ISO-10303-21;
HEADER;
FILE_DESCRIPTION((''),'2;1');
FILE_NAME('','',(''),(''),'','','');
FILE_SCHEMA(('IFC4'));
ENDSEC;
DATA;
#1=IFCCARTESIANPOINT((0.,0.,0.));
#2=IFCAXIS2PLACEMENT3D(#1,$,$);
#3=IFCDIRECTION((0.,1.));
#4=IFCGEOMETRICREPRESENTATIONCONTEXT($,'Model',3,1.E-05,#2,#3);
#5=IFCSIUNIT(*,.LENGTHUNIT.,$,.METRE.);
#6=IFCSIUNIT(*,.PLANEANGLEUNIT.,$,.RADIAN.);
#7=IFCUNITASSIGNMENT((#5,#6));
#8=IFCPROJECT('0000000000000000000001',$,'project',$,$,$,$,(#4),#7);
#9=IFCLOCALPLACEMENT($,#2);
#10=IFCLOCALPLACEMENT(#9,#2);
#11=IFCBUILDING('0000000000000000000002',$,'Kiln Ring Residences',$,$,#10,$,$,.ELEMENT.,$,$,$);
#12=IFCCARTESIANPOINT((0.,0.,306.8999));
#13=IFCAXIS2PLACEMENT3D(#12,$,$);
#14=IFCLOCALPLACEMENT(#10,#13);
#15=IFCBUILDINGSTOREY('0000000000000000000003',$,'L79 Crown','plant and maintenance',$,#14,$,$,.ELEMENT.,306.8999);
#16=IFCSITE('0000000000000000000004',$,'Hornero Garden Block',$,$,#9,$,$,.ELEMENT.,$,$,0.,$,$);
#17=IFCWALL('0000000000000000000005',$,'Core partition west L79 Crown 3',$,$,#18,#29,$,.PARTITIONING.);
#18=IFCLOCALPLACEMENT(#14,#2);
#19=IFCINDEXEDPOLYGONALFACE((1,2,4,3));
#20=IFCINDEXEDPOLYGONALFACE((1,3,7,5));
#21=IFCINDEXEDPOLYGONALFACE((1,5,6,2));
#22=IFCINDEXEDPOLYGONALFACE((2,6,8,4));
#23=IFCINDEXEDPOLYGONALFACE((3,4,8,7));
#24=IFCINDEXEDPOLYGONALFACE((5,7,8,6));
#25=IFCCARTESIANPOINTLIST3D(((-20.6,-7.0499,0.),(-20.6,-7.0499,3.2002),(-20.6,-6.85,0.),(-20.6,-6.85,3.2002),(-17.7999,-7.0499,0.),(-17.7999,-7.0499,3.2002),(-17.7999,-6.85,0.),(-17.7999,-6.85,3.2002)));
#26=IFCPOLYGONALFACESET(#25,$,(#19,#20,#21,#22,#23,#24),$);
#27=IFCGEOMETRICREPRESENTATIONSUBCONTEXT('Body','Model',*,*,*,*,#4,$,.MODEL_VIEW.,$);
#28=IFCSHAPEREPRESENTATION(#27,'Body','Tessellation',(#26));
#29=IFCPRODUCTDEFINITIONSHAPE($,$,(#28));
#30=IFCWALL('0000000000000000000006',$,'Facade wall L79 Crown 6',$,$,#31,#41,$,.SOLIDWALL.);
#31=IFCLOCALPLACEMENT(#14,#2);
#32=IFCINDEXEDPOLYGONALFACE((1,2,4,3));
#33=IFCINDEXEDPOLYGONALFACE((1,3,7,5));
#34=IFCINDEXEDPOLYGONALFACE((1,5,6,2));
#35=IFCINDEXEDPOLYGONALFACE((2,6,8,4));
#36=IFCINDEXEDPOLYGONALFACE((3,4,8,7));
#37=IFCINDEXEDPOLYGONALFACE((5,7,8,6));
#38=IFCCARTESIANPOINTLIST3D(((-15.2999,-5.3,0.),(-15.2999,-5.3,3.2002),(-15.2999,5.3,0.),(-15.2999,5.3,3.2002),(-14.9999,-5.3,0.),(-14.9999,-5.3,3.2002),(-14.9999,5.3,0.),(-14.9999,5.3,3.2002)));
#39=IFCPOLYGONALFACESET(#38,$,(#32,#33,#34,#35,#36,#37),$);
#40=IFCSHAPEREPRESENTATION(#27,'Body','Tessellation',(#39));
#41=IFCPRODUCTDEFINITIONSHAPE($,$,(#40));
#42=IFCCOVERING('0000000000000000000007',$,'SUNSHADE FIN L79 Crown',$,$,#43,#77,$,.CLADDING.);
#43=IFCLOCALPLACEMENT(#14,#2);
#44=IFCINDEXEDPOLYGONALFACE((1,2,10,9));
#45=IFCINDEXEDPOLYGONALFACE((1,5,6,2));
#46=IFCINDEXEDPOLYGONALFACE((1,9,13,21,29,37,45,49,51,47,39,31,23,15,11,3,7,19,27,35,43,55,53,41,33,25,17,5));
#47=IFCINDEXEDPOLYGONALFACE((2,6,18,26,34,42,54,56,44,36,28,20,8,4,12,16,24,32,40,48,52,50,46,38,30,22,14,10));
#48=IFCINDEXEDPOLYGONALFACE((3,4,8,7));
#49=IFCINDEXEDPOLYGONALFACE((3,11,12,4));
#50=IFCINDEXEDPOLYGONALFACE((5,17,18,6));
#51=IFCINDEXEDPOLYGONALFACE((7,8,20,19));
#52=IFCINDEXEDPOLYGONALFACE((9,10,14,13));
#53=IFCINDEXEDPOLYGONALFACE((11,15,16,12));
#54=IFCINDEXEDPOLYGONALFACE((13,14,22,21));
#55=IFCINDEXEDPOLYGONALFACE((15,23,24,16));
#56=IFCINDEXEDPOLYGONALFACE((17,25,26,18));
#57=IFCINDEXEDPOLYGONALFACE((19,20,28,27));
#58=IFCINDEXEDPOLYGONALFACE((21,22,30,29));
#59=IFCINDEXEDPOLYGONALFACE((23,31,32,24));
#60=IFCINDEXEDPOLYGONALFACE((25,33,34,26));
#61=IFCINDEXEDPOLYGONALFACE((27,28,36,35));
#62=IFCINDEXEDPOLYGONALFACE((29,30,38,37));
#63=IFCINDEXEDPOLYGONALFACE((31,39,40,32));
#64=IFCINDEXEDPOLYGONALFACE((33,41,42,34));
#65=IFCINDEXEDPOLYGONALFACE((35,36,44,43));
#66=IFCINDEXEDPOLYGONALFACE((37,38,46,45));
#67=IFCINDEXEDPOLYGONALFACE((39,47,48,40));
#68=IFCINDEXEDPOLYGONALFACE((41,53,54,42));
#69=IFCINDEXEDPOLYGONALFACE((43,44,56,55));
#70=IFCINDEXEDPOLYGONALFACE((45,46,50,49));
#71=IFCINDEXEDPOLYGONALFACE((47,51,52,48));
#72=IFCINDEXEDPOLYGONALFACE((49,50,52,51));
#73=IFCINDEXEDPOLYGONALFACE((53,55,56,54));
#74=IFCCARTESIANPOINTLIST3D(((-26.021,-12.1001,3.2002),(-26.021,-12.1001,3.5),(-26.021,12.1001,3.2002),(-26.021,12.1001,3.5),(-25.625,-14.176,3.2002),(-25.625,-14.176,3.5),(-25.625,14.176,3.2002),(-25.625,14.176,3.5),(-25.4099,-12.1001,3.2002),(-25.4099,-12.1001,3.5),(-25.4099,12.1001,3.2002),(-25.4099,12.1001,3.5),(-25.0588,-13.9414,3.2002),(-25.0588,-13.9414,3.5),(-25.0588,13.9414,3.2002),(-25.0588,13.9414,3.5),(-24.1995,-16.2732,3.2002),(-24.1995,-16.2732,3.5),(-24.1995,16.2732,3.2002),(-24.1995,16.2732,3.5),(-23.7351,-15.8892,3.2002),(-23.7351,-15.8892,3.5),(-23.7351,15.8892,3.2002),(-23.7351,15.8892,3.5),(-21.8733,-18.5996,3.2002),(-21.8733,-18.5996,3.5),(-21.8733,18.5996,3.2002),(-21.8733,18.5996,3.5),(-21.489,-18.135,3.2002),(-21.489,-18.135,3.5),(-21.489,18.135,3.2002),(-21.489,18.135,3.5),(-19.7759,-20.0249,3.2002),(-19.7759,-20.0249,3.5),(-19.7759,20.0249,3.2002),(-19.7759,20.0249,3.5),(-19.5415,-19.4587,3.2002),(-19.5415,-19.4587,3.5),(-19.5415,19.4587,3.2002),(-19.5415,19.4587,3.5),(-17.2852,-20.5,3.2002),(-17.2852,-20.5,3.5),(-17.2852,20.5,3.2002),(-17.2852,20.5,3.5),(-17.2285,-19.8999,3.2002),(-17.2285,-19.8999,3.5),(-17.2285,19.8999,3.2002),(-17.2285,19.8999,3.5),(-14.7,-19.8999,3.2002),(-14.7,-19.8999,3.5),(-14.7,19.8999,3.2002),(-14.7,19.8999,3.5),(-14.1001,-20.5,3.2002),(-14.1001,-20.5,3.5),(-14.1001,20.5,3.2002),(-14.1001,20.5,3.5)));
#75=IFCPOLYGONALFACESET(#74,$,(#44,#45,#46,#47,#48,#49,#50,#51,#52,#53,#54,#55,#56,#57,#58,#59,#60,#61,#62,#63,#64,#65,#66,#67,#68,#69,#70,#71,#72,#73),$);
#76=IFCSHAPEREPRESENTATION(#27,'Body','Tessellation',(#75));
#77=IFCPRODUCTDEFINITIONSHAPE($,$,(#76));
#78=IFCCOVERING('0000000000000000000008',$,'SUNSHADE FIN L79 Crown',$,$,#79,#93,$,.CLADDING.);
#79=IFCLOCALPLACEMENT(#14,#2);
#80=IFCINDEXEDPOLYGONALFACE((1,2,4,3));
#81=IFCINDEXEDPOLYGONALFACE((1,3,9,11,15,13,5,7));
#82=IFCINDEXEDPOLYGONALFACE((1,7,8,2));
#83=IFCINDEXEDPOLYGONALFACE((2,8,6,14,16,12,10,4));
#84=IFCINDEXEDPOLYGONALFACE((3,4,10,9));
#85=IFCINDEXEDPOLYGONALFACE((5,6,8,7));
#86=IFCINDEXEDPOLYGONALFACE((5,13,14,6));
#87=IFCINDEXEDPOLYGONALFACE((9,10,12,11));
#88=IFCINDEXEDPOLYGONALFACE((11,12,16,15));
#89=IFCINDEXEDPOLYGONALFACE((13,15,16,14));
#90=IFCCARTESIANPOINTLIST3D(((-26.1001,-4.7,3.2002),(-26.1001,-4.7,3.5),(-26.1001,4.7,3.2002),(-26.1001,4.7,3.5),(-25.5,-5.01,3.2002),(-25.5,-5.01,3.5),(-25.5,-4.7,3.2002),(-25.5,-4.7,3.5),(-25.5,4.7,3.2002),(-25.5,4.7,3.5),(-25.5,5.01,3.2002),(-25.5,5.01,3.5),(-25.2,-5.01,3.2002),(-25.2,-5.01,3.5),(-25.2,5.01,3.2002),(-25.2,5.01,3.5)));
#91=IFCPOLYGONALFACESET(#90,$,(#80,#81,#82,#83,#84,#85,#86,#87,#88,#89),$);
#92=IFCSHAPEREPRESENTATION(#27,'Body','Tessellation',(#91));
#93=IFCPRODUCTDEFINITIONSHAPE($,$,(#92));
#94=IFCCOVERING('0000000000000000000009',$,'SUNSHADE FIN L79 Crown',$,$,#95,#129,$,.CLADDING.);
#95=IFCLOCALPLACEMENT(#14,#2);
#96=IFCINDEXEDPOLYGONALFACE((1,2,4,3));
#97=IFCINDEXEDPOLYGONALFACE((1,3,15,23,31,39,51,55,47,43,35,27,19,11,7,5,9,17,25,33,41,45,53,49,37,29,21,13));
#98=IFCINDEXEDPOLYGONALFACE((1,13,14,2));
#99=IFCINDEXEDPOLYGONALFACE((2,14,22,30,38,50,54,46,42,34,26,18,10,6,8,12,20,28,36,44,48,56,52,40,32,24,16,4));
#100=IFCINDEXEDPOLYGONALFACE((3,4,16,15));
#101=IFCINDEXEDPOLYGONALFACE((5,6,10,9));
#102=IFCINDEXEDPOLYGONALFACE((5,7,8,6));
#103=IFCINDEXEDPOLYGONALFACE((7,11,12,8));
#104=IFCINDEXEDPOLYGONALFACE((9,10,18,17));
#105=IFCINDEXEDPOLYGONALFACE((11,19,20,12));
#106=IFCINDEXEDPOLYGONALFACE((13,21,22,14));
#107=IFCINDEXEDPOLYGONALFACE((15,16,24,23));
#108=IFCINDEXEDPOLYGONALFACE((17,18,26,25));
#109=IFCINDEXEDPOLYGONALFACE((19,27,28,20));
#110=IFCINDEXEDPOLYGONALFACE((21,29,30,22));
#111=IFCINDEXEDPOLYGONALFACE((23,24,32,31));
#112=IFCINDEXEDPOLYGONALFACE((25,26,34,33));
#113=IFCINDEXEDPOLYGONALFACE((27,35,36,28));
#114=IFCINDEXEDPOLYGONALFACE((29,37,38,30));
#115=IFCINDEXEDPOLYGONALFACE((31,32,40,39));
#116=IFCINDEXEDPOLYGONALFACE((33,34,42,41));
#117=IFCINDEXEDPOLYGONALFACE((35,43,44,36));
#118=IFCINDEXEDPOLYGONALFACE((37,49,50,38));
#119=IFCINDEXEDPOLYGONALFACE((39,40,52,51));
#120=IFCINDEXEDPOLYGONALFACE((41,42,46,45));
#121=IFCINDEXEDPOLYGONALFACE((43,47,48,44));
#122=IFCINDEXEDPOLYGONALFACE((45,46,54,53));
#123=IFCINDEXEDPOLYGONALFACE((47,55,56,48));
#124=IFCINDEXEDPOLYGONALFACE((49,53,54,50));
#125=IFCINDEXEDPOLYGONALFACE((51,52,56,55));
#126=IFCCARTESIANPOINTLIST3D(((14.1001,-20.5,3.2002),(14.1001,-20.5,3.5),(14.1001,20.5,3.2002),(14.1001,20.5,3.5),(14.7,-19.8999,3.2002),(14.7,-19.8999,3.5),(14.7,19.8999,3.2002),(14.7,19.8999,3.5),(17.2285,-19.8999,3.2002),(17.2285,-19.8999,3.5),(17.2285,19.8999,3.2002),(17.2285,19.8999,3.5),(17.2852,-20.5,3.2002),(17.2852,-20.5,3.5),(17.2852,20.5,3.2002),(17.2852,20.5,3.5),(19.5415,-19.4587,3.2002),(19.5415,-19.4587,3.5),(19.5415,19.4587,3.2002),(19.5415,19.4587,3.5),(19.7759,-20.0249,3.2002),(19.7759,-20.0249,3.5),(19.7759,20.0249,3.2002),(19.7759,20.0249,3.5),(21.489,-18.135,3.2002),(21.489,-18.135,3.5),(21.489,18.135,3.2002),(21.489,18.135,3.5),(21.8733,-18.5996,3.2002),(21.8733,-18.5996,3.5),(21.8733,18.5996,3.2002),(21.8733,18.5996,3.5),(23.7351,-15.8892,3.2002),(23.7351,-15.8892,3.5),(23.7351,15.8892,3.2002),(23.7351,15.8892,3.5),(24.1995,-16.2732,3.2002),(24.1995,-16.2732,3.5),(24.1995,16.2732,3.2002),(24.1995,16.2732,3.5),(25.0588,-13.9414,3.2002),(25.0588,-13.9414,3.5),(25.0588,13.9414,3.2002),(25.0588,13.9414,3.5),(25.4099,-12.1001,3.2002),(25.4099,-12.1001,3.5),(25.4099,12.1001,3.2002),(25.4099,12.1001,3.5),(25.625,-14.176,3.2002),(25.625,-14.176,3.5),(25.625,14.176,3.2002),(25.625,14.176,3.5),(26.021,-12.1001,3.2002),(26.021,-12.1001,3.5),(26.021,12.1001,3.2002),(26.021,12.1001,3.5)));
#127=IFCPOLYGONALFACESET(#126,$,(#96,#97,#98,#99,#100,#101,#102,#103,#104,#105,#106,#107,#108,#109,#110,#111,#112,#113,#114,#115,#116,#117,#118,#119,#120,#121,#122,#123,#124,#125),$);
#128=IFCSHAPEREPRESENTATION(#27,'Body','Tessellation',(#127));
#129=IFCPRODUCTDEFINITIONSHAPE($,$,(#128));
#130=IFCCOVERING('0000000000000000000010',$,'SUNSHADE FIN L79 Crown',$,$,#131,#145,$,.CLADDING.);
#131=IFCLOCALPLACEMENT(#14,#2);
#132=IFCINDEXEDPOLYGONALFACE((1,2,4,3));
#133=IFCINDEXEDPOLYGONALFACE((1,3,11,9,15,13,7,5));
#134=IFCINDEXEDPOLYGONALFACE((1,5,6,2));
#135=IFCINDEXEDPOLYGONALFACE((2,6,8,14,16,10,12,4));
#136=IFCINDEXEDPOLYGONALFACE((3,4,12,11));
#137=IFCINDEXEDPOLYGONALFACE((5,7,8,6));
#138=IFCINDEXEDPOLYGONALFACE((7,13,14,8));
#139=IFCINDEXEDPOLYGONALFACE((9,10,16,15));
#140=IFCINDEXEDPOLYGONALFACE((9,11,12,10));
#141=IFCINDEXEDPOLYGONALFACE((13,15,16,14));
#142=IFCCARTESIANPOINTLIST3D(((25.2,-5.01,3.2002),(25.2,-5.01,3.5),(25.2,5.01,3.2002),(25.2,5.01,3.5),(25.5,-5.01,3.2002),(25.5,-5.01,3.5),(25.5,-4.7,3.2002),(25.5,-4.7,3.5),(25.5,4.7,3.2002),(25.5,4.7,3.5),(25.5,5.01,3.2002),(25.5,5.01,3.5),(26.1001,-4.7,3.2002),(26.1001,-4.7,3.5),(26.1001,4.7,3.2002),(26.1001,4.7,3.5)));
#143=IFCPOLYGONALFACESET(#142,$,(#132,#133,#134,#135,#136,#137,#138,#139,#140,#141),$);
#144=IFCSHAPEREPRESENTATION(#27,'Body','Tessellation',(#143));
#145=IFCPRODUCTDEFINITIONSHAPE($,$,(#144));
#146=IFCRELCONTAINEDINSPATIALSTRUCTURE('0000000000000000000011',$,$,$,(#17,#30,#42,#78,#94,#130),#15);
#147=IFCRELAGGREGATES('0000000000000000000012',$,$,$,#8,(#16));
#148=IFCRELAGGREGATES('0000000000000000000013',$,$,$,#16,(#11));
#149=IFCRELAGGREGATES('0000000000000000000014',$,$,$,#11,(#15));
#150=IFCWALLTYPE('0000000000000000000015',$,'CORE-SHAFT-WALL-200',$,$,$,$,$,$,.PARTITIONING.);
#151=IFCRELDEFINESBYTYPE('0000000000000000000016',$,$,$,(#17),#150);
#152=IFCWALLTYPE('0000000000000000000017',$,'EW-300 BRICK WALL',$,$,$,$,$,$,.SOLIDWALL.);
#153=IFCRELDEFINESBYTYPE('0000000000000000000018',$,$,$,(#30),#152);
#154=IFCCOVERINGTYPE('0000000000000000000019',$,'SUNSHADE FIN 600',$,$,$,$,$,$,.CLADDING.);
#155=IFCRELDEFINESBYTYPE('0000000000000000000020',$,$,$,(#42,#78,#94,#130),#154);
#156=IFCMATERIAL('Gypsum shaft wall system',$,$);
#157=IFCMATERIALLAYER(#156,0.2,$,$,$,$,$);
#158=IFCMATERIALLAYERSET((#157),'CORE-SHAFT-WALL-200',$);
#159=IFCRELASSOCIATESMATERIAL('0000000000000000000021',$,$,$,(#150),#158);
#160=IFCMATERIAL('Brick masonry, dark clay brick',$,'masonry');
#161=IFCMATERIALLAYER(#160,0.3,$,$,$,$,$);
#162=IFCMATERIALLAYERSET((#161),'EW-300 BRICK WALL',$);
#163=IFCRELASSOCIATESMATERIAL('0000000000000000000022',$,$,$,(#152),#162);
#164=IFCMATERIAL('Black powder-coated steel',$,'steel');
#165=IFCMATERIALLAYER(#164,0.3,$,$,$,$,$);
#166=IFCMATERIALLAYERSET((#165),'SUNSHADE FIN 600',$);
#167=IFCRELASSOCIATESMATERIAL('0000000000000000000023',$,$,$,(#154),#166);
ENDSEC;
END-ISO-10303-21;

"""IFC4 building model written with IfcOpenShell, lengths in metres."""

from ifc_helpers import new_model, si_unit, direction, frame, frame_2d, origin, place, context, subcontext, project, spatial, polyline, rectangle, outline, extrude, material, layer, layer_set, type_object, element, save


model = new_model("IFC4")

# Units and contexts
model_context = context("Model", 3, precision=1e-05, world=origin(), true_north=direction((0.0, 1.0)))
body_context = subcontext(model_context, "Body", "Model", "MODEL_VIEW")
ifc_project = project(units=[si_unit("LENGTHUNIT", "METRE"), si_unit("PLANEANGLEUNIT", "RADIAN")], contexts=[model_context])

# Site, building, storey
site_placement = place(None, origin())
site = spatial("IfcSite", under=ifc_project, at=site_placement, Name="Hornero Garden Block", CompositionType="ELEMENT", RefElevation=0.0)
building_placement = place(site_placement, origin())
building = spatial("IfcBuilding", under=site, at=building_placement, Name="Kiln Ring Residences", CompositionType="ELEMENT")
storey_placement = place(building_placement, frame((0.0, 0.0, 306.8999)))
storey = spatial("IfcBuildingStorey", under=building, at=storey_placement, Name="L79 Crown", Description="plant and maintenance", CompositionType="ELEMENT", Elevation=306.8999)

# Walls
ifc_material_1 = material(Name="Gypsum shaft wall system")
ifc_layer_1 = layer(ifc_material_1, 0.2)
ifc_layer_set_1 = layer_set([ifc_layer_1], Name="CORE-SHAFT-WALL-200")
wall_type_1 = type_object("IfcWallType", Name="CORE-SHAFT-WALL-200", PredefinedType="PARTITIONING", material=ifc_layer_set_1)
wall_1_placement = place(storey_placement, frame((-17.8, -6.95, 0.0), z_axis=(0.0, 0.0, 1.0), x_axis=(-1.0, 0.0, 0.0)))
element("IfcWall", 1, at=wall_1_placement, inside=storey, type_object=wall_type_1, Name="Core partition west L79 Crown 3", PredefinedType="PARTITIONING", context=body_context, shape_type="SweptSolid", body=[
    extrude(rectangle(XDim=2.8, YDim=0.2, at=frame_2d((1.3999, 0.0))), origin(), (0.0, 0.0, 1.0), 3.2002),
])
ifc_material_2 = material(Name="Brick masonry, dark clay brick", Category="masonry")
ifc_layer_2 = layer(ifc_material_2, 0.3)
ifc_layer_set_2 = layer_set([ifc_layer_2], Name="EW-300 BRICK WALL")
wall_type_2 = type_object("IfcWallType", Name="EW-300 BRICK WALL", PredefinedType="SOLIDWALL", material=ifc_layer_set_2)
wall_2_placement = place(storey_placement, frame((-15.1499, -5.3, 0.0), z_axis=(0.0, 0.0, 1.0), x_axis=(0.0, 1.0, 0.0)))
element("IfcWall", 2, at=wall_2_placement, inside=storey, type_object=wall_type_2, Name="Facade wall L79 Crown 6", PredefinedType="SOLIDWALL", context=body_context, shape_type="SweptSolid", body=[
    extrude(rectangle(XDim=10.6001, YDim=0.3, at=frame_2d((5.3, 0.0))), origin(), (0.0, 0.0, 1.0), 3.2002),
])

# Coverings
ifc_material_3 = material(Name="Black powder-coated steel", Category="steel")
ifc_layer_3 = layer(ifc_material_3, 0.3)
ifc_layer_set_3 = layer_set([ifc_layer_3], Name="SUNSHADE FIN 600")
covering_type = type_object("IfcCoveringType", Name="SUNSHADE FIN 600", PredefinedType="CLADDING", material=ifc_layer_set_3)
placement_1 = place(storey_placement, frame((0.0, 0.0, 3.2002)))
element("IfcCovering", 3, at=placement_1, inside=storey, type_object=covering_type, Name="SUNSHADE FIN L79 Crown", PredefinedType="CLADDING", context=body_context, shape_type="SweptSolid", body=[
    extrude(outline(polyline([(-25.625, -14.176), (-24.1995, -16.2732), (-21.8733, -18.5996), (-19.7759, -20.0249), (-17.2852, -20.5), (-14.1001, -20.5), (-14.1001, 20.5), (-17.2852, 20.5), (-19.7759, 20.0249), (-21.8733, 18.5996), (-24.1995, 16.2732), (-25.625, 14.176), (-26.021, 12.1001), (-25.4099, 12.1001), (-25.0588, 13.9414), (-23.7351, 15.8892), (-21.489, 18.135), (-19.5415, 19.4587), (-17.2285, 19.8999), (-14.7, 19.8999), (-14.7, -19.8999), (-17.2285, -19.8999), (-19.5415, -19.4587), (-21.489, -18.135), (-23.7351, -15.8892), (-25.0588, -13.9414), (-25.4099, -12.1001), (-26.021, -12.1001), (-25.625, -14.176)])), origin(), (0.0, 0.0, 1.0), 0.2998),
])
element("IfcCovering", 4, at=placement_1, inside=storey, type_object=covering_type, Name="SUNSHADE FIN L79 Crown", PredefinedType="CLADDING", context=body_context, shape_type="SweptSolid", body=[
    extrude(outline(polyline([(-26.1001, -4.7), (-25.5, -4.7), (-25.5, -5.01), (-25.2, -5.01), (-25.2, 5.01), (-25.5, 5.01), (-25.5, 4.7), (-26.1001, 4.7), (-26.1001, -4.7)])), origin(), (0.0, 0.0, 1.0), 0.2998),
])
element("IfcCovering", 5, at=placement_1, inside=storey, type_object=covering_type, Name="SUNSHADE FIN L79 Crown", PredefinedType="CLADDING", context=body_context, shape_type="SweptSolid", body=[
    extrude(outline(polyline([(19.7759, 20.0249), (17.2852, 20.5), (14.1001, 20.5), (14.1001, -20.5), (17.2852, -20.5), (19.7759, -20.0249), (21.8733, -18.5996), (24.1995, -16.2732), (25.625, -14.176), (26.021, -12.1001), (25.4099, -12.1001), (25.0588, -13.9414), (23.7351, -15.8892), (21.489, -18.135), (19.5415, -19.4587), (17.2285, -19.8999), (14.7, -19.8999), (14.7, 19.8999), (17.2285, 19.8999), (19.5415, 19.4587), (21.489, 18.135), (23.7351, 15.8892), (25.0588, 13.9414), (25.4099, 12.1001), (26.021, 12.1001), (25.625, 14.176), (24.1995, 16.2732), (21.8733, 18.5996), (19.7759, 20.0249)])), origin(), (0.0, 0.0, 1.0), 0.2998),
])
element("IfcCovering", 6, at=placement_1, inside=storey, type_object=covering_type, Name="SUNSHADE FIN L79 Crown", PredefinedType="CLADDING", context=body_context, shape_type="SweptSolid", body=[
    extrude(outline(polyline([(25.2, 5.01), (25.2, -5.01), (25.5, -5.01), (25.5, -4.7), (26.1001, -4.7), (26.1001, 4.7), (25.5, 4.7), (25.5, 5.01), (25.2, 5.01)])), origin(), (0.0, 0.0, 1.0), 0.2998),
])

save(model, "model.ifc")
